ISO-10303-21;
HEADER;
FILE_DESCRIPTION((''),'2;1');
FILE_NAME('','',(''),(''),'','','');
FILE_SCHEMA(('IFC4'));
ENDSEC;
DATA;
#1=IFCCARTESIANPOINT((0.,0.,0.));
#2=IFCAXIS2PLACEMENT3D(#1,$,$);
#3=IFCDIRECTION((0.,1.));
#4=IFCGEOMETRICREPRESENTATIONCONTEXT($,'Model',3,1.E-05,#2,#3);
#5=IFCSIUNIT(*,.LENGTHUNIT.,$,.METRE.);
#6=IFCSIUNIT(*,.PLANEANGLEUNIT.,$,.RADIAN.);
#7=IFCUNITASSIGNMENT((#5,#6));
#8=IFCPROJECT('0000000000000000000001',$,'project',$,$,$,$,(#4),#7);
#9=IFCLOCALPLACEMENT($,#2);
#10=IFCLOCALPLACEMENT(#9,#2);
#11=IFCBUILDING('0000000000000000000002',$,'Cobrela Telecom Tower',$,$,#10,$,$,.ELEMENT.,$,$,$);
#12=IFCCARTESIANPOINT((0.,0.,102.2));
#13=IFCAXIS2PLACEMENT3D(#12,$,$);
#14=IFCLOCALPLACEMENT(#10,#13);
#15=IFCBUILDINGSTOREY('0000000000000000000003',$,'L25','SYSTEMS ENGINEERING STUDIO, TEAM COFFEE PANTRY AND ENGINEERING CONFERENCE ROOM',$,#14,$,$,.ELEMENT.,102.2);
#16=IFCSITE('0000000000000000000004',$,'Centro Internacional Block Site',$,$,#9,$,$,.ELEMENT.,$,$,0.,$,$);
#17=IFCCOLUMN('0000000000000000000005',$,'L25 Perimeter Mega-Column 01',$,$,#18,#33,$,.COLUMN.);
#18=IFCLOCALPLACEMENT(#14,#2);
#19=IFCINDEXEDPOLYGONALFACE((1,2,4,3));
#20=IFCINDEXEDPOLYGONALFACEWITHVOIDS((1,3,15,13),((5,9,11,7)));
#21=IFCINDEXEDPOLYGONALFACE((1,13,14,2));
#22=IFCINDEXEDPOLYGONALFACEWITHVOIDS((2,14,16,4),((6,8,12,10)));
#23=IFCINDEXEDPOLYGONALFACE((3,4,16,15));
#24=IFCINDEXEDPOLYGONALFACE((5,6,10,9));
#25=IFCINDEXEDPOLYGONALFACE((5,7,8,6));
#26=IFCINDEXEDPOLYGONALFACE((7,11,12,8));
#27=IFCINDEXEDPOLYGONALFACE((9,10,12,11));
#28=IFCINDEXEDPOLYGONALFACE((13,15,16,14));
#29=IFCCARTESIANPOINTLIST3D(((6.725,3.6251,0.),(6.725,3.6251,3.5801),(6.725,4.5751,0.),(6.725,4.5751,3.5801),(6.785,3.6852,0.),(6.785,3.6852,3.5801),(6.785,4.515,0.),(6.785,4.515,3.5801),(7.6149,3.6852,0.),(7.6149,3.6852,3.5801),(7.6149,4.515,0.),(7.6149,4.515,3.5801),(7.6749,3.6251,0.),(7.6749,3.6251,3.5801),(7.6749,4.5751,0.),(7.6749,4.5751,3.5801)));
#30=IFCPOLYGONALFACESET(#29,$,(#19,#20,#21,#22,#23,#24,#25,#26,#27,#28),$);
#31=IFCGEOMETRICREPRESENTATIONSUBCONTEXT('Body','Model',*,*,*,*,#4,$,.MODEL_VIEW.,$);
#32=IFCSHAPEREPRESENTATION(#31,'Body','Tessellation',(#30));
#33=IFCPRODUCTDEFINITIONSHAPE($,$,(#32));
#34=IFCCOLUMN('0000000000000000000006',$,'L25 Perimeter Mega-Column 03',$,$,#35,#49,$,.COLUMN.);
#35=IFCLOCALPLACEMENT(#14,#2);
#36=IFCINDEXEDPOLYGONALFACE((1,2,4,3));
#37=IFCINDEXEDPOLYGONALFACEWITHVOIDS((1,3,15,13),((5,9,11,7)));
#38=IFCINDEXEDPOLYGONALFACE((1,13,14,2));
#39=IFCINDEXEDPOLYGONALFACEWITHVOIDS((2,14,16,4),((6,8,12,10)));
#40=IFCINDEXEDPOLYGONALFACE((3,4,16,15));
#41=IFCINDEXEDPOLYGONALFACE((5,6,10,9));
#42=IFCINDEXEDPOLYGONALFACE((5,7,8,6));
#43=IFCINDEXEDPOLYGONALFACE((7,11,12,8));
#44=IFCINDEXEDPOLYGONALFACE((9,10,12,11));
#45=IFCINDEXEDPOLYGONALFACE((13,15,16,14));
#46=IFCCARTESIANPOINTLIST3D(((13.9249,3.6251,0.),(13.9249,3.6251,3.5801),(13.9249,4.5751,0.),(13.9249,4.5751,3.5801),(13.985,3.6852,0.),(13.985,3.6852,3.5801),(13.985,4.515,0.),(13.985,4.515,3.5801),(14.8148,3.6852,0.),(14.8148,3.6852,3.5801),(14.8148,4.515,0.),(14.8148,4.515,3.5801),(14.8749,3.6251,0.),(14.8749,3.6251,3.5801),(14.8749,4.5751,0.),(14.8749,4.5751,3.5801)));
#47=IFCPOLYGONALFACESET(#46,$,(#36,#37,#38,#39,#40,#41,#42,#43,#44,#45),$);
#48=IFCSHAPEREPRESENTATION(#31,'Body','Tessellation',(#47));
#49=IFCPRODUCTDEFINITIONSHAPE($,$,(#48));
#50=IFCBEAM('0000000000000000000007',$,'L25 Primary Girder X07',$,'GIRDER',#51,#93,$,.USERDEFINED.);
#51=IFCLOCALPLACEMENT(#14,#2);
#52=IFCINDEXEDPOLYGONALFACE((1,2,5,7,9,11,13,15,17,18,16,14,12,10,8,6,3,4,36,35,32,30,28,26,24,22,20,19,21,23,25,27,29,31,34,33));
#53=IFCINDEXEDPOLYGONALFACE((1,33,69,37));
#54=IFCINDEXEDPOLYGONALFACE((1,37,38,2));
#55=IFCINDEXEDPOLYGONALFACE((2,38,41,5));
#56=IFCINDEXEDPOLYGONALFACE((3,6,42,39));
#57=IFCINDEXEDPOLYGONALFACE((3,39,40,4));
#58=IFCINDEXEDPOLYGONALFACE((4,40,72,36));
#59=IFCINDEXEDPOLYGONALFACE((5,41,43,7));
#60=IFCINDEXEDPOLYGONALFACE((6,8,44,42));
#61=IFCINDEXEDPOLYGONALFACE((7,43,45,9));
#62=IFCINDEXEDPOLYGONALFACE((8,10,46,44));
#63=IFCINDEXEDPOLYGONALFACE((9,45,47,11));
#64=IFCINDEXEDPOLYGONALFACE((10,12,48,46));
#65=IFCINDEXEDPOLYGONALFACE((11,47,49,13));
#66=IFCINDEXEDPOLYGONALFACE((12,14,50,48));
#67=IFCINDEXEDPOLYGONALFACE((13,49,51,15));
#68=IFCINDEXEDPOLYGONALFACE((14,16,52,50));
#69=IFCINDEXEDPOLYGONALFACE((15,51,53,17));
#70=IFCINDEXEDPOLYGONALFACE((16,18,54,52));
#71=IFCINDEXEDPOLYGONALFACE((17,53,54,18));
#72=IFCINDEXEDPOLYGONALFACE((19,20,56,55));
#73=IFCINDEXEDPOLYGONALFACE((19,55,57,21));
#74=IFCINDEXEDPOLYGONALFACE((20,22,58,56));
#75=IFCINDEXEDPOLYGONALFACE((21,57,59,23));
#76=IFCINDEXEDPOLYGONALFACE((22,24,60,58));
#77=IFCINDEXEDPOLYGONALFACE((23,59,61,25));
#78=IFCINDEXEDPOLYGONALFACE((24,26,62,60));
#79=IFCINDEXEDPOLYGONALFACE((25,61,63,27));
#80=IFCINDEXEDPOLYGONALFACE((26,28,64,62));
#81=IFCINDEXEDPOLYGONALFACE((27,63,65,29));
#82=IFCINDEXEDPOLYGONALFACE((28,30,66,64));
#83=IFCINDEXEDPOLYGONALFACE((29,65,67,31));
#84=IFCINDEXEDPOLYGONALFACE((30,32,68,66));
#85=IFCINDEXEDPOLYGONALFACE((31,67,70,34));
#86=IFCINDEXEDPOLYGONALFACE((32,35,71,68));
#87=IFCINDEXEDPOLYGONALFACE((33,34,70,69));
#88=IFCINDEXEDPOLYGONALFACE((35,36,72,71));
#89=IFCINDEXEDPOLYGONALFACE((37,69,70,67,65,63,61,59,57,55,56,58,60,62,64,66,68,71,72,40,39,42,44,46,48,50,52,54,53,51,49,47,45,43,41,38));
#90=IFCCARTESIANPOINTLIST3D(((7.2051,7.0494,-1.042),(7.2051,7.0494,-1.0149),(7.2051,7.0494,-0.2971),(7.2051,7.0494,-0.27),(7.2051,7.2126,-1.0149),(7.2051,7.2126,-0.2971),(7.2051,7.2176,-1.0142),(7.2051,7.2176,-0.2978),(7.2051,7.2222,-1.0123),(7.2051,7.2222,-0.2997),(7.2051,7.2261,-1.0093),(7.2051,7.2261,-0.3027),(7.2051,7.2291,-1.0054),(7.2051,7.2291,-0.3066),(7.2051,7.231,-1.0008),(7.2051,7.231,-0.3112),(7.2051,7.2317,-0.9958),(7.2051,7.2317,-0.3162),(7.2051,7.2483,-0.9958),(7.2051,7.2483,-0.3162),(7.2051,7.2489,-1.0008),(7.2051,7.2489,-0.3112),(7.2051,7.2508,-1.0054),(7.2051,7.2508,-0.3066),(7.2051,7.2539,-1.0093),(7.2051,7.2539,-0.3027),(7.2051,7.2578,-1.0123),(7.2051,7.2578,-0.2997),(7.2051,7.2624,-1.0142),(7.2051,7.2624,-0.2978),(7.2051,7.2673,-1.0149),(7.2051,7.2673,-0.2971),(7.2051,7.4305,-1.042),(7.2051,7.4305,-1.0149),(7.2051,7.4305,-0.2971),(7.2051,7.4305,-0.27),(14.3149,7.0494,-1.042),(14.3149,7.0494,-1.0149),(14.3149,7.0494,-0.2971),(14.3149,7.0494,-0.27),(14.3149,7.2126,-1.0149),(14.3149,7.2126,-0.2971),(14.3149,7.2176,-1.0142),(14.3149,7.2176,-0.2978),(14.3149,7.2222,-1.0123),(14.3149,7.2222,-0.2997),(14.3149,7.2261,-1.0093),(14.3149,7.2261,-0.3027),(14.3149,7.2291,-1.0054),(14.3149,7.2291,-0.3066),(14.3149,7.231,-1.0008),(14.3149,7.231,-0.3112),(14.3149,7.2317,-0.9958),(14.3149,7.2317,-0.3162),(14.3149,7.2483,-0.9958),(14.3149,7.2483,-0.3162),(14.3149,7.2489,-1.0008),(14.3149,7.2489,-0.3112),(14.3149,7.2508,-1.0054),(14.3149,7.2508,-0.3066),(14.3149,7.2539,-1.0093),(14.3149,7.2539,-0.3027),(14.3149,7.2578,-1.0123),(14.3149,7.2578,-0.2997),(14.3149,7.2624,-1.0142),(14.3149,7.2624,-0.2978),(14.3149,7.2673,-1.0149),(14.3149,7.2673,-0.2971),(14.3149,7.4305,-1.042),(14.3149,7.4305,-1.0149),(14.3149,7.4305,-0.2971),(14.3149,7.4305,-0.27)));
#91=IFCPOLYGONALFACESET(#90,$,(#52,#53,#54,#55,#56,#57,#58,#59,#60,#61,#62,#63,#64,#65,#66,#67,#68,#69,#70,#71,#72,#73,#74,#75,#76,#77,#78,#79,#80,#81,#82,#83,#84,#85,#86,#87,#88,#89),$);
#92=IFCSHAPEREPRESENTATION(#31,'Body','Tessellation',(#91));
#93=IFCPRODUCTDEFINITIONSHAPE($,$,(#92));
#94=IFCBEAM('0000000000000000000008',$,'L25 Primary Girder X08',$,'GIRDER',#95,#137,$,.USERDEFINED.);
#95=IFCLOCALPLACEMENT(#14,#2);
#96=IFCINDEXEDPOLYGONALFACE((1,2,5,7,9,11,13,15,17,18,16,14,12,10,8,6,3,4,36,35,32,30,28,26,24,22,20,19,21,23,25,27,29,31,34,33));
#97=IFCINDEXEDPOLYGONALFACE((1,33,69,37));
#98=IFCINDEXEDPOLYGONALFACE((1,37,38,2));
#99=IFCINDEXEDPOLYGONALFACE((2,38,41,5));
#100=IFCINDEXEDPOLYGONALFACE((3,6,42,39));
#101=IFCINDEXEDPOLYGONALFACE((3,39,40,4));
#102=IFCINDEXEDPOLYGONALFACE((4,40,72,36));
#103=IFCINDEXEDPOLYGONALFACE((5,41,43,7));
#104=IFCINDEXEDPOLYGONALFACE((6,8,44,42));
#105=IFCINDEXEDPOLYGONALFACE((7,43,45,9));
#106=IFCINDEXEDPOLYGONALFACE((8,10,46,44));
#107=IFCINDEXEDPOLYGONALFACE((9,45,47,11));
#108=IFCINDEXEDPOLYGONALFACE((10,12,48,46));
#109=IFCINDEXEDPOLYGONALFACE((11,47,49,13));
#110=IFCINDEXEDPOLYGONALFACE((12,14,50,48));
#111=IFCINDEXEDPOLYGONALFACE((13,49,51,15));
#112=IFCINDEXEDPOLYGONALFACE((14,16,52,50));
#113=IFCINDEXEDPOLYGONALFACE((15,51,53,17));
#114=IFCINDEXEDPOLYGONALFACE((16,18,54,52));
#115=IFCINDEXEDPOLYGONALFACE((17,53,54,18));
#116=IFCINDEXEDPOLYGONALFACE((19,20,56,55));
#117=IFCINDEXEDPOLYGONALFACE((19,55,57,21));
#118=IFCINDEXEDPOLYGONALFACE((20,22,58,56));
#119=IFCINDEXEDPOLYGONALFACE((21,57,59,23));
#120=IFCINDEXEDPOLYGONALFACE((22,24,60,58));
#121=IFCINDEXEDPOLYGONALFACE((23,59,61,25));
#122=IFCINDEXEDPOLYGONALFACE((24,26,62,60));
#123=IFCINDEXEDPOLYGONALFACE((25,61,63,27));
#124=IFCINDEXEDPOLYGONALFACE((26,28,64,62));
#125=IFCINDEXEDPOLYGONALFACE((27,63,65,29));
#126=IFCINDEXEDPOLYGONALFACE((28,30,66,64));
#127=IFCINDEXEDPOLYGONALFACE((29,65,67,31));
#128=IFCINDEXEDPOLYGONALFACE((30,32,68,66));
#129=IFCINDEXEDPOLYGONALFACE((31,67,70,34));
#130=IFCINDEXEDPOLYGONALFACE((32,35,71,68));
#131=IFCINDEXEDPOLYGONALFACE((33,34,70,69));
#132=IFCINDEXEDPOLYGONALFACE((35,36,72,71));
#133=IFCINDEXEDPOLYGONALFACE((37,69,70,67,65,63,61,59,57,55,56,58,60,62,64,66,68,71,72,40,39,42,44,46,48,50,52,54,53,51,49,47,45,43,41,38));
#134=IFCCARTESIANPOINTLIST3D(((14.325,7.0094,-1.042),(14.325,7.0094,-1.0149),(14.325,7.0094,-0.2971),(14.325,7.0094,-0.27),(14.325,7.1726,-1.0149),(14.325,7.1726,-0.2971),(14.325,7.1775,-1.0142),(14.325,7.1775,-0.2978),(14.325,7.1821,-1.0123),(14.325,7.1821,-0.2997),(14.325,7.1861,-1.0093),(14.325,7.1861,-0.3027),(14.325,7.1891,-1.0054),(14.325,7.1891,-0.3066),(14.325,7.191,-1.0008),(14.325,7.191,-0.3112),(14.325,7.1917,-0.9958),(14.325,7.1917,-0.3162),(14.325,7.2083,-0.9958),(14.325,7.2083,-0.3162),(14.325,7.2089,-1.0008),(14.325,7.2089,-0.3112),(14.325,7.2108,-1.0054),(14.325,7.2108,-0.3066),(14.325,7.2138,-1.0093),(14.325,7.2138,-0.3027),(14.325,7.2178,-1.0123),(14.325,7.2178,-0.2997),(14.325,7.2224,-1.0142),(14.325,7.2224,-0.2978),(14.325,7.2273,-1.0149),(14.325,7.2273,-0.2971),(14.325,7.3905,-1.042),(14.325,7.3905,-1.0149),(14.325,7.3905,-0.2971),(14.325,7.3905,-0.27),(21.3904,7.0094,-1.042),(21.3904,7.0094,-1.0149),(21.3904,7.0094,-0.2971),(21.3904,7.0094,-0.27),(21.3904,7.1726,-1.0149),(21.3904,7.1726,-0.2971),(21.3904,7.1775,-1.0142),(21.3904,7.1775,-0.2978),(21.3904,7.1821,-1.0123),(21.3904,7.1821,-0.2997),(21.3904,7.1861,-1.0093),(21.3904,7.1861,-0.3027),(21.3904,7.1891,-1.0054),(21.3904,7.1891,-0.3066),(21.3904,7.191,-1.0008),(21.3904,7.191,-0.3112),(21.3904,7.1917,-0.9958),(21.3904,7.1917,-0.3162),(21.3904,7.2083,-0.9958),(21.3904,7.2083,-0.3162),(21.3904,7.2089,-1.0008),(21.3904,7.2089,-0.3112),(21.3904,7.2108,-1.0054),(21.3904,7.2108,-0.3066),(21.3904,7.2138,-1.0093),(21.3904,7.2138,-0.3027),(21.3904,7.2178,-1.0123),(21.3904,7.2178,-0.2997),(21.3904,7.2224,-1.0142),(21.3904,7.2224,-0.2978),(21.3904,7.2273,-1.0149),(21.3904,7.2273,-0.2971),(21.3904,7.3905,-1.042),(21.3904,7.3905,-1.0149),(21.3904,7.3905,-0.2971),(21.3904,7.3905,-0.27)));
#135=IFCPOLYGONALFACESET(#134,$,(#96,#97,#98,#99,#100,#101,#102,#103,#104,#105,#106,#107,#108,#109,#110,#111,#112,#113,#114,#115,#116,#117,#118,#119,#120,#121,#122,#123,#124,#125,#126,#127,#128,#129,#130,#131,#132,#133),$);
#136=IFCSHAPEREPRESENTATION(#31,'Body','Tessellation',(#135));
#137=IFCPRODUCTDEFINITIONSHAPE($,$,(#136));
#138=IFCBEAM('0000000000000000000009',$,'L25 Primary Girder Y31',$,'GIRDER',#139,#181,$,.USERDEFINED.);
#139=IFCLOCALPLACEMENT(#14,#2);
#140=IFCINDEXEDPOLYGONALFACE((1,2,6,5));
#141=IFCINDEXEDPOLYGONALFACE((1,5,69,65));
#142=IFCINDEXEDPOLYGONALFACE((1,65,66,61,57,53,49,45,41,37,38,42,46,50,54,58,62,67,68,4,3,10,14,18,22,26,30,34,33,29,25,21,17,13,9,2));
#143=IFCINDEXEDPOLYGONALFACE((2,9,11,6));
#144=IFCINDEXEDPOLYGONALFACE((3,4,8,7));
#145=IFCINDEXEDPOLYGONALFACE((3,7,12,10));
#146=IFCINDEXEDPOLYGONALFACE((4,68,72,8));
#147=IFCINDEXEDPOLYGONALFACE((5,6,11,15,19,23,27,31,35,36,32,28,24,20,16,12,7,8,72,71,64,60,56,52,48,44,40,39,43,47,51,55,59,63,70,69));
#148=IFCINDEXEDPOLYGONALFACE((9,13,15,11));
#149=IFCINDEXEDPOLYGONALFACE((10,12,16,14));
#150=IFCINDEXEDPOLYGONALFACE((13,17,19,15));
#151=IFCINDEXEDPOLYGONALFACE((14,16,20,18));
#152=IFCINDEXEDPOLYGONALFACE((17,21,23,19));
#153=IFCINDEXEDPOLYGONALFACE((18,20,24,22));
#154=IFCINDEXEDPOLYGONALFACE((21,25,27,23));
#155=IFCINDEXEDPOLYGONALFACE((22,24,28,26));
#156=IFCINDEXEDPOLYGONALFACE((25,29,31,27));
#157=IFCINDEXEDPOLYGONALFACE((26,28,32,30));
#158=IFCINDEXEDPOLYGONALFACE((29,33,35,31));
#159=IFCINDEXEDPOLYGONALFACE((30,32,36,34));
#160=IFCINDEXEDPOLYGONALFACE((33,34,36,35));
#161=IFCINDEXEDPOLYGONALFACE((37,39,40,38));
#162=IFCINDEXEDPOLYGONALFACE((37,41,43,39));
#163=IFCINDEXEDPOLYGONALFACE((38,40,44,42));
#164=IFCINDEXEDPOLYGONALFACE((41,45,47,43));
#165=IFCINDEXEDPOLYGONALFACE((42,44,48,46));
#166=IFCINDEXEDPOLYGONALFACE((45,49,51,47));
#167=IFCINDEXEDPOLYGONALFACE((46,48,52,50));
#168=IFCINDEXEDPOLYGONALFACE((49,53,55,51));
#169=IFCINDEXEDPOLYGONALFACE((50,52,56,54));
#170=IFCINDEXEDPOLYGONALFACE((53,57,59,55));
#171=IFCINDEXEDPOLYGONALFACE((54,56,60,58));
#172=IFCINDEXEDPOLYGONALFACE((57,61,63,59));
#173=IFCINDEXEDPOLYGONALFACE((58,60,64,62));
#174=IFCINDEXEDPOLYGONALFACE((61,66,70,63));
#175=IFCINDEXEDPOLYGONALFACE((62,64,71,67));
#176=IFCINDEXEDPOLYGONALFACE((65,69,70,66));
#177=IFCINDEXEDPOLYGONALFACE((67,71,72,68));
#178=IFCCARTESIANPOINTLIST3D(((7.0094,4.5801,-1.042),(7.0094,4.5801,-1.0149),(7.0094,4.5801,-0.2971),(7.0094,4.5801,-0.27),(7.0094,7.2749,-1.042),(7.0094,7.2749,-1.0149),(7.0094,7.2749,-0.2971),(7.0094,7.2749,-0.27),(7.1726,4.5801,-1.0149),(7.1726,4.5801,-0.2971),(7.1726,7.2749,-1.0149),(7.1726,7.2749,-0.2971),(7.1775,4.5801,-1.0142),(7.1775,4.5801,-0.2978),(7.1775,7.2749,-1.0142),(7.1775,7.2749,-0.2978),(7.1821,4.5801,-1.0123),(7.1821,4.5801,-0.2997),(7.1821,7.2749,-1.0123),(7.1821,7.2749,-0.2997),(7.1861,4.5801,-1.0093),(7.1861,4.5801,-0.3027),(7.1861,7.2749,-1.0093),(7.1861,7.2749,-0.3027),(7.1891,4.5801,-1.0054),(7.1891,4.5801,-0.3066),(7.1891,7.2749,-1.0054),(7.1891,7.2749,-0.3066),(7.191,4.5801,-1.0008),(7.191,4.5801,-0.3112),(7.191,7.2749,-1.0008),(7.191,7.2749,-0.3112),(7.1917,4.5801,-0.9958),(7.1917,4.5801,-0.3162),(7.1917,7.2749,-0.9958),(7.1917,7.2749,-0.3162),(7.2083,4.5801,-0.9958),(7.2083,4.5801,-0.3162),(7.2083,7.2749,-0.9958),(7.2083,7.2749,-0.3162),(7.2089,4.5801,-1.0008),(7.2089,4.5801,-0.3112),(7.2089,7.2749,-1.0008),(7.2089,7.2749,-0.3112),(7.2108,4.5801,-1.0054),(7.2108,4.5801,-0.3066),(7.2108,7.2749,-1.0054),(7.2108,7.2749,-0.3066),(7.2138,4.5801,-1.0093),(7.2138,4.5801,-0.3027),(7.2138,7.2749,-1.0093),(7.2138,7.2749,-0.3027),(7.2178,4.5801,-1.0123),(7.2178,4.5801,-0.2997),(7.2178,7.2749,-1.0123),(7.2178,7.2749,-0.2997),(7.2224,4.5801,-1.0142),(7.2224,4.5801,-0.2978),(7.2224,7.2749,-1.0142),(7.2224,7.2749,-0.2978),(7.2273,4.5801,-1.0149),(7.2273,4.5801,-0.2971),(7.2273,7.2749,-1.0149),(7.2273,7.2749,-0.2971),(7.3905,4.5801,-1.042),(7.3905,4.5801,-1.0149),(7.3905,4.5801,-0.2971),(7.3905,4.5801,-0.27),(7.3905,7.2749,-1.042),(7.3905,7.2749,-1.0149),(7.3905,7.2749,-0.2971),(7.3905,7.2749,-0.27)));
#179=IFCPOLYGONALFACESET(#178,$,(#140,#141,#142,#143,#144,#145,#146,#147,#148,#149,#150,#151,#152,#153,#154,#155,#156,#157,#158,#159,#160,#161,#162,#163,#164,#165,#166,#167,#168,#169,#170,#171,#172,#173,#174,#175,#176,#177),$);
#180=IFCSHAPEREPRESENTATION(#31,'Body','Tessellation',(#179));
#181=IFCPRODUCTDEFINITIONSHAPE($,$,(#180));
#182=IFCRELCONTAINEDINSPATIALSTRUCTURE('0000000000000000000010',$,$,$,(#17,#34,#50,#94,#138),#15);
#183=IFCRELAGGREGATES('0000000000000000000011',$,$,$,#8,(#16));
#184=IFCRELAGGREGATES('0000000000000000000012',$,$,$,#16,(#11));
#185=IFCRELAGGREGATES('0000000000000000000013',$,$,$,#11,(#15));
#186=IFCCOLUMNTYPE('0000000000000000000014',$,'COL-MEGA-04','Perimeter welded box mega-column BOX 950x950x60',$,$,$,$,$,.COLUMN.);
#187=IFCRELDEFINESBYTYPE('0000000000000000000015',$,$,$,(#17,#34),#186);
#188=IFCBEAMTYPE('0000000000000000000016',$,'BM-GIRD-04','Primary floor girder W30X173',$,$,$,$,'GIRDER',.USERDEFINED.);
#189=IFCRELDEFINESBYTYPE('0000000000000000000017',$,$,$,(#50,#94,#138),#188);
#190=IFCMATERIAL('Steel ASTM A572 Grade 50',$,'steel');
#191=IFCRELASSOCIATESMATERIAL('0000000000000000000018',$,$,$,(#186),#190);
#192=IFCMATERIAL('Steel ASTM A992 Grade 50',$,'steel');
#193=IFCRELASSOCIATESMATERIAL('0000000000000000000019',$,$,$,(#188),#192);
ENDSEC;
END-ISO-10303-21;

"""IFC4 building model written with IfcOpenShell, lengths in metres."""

from ifc_helpers import new_model, si_unit, direction, frame, origin, origin_2d, place, context, subcontext, project, spatial, hollow_rectangle, i_section, extrude, material, material_profile, profile_set, type_object, element, save


model = new_model("IFC4")

# Units and contexts
model_context = context("Model", 3, precision=1e-05, world=origin(), true_north=direction((0.0, 1.0)))
body_context = subcontext(model_context, "Body", "Model", "MODEL_VIEW")
ifc_project = project(units=[si_unit("LENGTHUNIT", "METRE"), si_unit("PLANEANGLEUNIT", "RADIAN")], contexts=[model_context])

# Site, building, storey
site_placement = place(None, origin())
site = spatial("IfcSite", under=ifc_project, at=site_placement, Name="Centro Internacional Block Site", CompositionType="ELEMENT", RefElevation=0.0)
building_placement = place(site_placement, origin())
building = spatial("IfcBuilding", under=site, at=building_placement, Name="Cobrela Telecom Tower", CompositionType="ELEMENT")
storey_placement = place(building_placement, frame((0.0, 0.0, 102.2)))
storey = spatial("IfcBuildingStorey", under=building, at=storey_placement, Name="L25", Description="SYSTEMS ENGINEERING STUDIO, TEAM COFFEE PANTRY AND ENGINEERING CONFERENCE ROOM", CompositionType="ELEMENT", Elevation=102.2)

# Columns
ifc_material_1 = material(Name="Steel ASTM A572 Grade 50", Category="steel")
ifc_material_profile_1 = material_profile(ifc_material_1, hollow_rectangle(XDim=0.95, YDim=0.95, WallThickness=0.0601, at=origin_2d()), Name="BOX 950x950x60")
ifc_profile_set_1 = profile_set([ifc_material_profile_1], Name="Steel ASTM A572 Grade 50")
column_type = type_object("IfcColumnType", Name="COL-MEGA-04", Description="Perimeter welded box mega-column BOX 950x950x60", PredefinedType="COLUMN", material=ifc_profile_set_1)
for number, where, z_axis, x_axis, name in (
    (1, (7.2, 4.1001, 0.0), (0.0, 0.0, 1.0), (1.0, 0.0, 0.0), "L25 Perimeter Mega-Column 01"),
    (2, (14.3999, 4.1001, 0.0), (0.0, 0.0, 1.0), (1.0, 0.0, 0.0), "L25 Perimeter Mega-Column 03"),
):
    element("IfcColumn", number, at=place(storey_placement, frame(where, z_axis=z_axis, x_axis=x_axis)), inside=storey, type_object=column_type, Name=name, PredefinedType="COLUMN", context=body_context, shape_type="SweptSolid", body=[
        extrude(hollow_rectangle(XDim=0.95, YDim=0.95, WallThickness=0.0601, at=origin_2d()), origin(), (0.0, 0.0, 1.0), 3.5801),
    ])

# Beams
ifc_material_2 = material(Name="Steel ASTM A992 Grade 50", Category="steel")
ifc_material_profile_2 = material_profile(ifc_material_2, i_section(OverallWidth=0.3811, OverallDepth=0.772, WebThickness=0.0166, FlangeThickness=0.0271, FilletRadius=0.019, at=origin_2d()), Name="W30X173")
ifc_profile_set_2 = profile_set([ifc_material_profile_2], Name="Steel ASTM A992 Grade 50")
beam_type_1 = type_object("IfcBeamType", Name="BM-GIRD-04", Description="Primary floor girder W30X173", ElementType="GIRDER", PredefinedType="USERDEFINED", material=ifc_profile_set_2)
beam_1_placement = place(storey_placement, frame((7.2051, 7.24, -0.656), z_axis=(1.0, 0.0, 0.0), x_axis=(0.0, 1.0, 0.0)))
element("IfcBeam", 3, at=beam_1_placement, inside=storey, type_object=beam_type_1, Name="L25 Primary Girder X07", ObjectType="GIRDER", PredefinedType="USERDEFINED", context=body_context, shape_type="SweptSolid", body=[
    extrude(i_section(OverallWidth=0.3811, OverallDepth=0.772, WebThickness=0.0166, FlangeThickness=0.0271, FilletRadius=0.019, at=origin_2d()), origin(), (0.0, 0.0, 1.0), 7.1099),
])
beam_2_placement = place(storey_placement, frame((14.325, 7.2, -0.656), z_axis=(1.0, 0.0, 0.0), x_axis=(0.0, 1.0, 0.0)))
element("IfcBeam", 4, at=beam_2_placement, inside=storey, type_object=beam_type_1, Name="L25 Primary Girder X08", ObjectType="GIRDER", PredefinedType="USERDEFINED", context=body_context, shape_type="SweptSolid", body=[
    extrude(i_section(OverallWidth=0.3811, OverallDepth=0.772, WebThickness=0.0166, FlangeThickness=0.0271, FilletRadius=0.019, at=origin_2d()), origin(), (0.0, 0.0, 1.0), 7.0654),
])
beam_3_placement = place(storey_placement, frame((7.2, 4.5801, -0.656), z_axis=(0.0, 1.0, 0.0), x_axis=(-1.0, 0.0, 0.0)))
element("IfcBeam", 5, at=beam_3_placement, inside=storey, type_object=beam_type_1, Name="L25 Primary Girder Y31", ObjectType="GIRDER", PredefinedType="USERDEFINED", context=body_context, shape_type="SweptSolid", body=[
    extrude(i_section(OverallWidth=0.3811, OverallDepth=0.772, WebThickness=0.0166, FlangeThickness=0.0271, FilletRadius=0.019, at=origin_2d()), origin(), (0.0, 0.0, 1.0), 2.6948),
])

save(model, "model.ifc")
